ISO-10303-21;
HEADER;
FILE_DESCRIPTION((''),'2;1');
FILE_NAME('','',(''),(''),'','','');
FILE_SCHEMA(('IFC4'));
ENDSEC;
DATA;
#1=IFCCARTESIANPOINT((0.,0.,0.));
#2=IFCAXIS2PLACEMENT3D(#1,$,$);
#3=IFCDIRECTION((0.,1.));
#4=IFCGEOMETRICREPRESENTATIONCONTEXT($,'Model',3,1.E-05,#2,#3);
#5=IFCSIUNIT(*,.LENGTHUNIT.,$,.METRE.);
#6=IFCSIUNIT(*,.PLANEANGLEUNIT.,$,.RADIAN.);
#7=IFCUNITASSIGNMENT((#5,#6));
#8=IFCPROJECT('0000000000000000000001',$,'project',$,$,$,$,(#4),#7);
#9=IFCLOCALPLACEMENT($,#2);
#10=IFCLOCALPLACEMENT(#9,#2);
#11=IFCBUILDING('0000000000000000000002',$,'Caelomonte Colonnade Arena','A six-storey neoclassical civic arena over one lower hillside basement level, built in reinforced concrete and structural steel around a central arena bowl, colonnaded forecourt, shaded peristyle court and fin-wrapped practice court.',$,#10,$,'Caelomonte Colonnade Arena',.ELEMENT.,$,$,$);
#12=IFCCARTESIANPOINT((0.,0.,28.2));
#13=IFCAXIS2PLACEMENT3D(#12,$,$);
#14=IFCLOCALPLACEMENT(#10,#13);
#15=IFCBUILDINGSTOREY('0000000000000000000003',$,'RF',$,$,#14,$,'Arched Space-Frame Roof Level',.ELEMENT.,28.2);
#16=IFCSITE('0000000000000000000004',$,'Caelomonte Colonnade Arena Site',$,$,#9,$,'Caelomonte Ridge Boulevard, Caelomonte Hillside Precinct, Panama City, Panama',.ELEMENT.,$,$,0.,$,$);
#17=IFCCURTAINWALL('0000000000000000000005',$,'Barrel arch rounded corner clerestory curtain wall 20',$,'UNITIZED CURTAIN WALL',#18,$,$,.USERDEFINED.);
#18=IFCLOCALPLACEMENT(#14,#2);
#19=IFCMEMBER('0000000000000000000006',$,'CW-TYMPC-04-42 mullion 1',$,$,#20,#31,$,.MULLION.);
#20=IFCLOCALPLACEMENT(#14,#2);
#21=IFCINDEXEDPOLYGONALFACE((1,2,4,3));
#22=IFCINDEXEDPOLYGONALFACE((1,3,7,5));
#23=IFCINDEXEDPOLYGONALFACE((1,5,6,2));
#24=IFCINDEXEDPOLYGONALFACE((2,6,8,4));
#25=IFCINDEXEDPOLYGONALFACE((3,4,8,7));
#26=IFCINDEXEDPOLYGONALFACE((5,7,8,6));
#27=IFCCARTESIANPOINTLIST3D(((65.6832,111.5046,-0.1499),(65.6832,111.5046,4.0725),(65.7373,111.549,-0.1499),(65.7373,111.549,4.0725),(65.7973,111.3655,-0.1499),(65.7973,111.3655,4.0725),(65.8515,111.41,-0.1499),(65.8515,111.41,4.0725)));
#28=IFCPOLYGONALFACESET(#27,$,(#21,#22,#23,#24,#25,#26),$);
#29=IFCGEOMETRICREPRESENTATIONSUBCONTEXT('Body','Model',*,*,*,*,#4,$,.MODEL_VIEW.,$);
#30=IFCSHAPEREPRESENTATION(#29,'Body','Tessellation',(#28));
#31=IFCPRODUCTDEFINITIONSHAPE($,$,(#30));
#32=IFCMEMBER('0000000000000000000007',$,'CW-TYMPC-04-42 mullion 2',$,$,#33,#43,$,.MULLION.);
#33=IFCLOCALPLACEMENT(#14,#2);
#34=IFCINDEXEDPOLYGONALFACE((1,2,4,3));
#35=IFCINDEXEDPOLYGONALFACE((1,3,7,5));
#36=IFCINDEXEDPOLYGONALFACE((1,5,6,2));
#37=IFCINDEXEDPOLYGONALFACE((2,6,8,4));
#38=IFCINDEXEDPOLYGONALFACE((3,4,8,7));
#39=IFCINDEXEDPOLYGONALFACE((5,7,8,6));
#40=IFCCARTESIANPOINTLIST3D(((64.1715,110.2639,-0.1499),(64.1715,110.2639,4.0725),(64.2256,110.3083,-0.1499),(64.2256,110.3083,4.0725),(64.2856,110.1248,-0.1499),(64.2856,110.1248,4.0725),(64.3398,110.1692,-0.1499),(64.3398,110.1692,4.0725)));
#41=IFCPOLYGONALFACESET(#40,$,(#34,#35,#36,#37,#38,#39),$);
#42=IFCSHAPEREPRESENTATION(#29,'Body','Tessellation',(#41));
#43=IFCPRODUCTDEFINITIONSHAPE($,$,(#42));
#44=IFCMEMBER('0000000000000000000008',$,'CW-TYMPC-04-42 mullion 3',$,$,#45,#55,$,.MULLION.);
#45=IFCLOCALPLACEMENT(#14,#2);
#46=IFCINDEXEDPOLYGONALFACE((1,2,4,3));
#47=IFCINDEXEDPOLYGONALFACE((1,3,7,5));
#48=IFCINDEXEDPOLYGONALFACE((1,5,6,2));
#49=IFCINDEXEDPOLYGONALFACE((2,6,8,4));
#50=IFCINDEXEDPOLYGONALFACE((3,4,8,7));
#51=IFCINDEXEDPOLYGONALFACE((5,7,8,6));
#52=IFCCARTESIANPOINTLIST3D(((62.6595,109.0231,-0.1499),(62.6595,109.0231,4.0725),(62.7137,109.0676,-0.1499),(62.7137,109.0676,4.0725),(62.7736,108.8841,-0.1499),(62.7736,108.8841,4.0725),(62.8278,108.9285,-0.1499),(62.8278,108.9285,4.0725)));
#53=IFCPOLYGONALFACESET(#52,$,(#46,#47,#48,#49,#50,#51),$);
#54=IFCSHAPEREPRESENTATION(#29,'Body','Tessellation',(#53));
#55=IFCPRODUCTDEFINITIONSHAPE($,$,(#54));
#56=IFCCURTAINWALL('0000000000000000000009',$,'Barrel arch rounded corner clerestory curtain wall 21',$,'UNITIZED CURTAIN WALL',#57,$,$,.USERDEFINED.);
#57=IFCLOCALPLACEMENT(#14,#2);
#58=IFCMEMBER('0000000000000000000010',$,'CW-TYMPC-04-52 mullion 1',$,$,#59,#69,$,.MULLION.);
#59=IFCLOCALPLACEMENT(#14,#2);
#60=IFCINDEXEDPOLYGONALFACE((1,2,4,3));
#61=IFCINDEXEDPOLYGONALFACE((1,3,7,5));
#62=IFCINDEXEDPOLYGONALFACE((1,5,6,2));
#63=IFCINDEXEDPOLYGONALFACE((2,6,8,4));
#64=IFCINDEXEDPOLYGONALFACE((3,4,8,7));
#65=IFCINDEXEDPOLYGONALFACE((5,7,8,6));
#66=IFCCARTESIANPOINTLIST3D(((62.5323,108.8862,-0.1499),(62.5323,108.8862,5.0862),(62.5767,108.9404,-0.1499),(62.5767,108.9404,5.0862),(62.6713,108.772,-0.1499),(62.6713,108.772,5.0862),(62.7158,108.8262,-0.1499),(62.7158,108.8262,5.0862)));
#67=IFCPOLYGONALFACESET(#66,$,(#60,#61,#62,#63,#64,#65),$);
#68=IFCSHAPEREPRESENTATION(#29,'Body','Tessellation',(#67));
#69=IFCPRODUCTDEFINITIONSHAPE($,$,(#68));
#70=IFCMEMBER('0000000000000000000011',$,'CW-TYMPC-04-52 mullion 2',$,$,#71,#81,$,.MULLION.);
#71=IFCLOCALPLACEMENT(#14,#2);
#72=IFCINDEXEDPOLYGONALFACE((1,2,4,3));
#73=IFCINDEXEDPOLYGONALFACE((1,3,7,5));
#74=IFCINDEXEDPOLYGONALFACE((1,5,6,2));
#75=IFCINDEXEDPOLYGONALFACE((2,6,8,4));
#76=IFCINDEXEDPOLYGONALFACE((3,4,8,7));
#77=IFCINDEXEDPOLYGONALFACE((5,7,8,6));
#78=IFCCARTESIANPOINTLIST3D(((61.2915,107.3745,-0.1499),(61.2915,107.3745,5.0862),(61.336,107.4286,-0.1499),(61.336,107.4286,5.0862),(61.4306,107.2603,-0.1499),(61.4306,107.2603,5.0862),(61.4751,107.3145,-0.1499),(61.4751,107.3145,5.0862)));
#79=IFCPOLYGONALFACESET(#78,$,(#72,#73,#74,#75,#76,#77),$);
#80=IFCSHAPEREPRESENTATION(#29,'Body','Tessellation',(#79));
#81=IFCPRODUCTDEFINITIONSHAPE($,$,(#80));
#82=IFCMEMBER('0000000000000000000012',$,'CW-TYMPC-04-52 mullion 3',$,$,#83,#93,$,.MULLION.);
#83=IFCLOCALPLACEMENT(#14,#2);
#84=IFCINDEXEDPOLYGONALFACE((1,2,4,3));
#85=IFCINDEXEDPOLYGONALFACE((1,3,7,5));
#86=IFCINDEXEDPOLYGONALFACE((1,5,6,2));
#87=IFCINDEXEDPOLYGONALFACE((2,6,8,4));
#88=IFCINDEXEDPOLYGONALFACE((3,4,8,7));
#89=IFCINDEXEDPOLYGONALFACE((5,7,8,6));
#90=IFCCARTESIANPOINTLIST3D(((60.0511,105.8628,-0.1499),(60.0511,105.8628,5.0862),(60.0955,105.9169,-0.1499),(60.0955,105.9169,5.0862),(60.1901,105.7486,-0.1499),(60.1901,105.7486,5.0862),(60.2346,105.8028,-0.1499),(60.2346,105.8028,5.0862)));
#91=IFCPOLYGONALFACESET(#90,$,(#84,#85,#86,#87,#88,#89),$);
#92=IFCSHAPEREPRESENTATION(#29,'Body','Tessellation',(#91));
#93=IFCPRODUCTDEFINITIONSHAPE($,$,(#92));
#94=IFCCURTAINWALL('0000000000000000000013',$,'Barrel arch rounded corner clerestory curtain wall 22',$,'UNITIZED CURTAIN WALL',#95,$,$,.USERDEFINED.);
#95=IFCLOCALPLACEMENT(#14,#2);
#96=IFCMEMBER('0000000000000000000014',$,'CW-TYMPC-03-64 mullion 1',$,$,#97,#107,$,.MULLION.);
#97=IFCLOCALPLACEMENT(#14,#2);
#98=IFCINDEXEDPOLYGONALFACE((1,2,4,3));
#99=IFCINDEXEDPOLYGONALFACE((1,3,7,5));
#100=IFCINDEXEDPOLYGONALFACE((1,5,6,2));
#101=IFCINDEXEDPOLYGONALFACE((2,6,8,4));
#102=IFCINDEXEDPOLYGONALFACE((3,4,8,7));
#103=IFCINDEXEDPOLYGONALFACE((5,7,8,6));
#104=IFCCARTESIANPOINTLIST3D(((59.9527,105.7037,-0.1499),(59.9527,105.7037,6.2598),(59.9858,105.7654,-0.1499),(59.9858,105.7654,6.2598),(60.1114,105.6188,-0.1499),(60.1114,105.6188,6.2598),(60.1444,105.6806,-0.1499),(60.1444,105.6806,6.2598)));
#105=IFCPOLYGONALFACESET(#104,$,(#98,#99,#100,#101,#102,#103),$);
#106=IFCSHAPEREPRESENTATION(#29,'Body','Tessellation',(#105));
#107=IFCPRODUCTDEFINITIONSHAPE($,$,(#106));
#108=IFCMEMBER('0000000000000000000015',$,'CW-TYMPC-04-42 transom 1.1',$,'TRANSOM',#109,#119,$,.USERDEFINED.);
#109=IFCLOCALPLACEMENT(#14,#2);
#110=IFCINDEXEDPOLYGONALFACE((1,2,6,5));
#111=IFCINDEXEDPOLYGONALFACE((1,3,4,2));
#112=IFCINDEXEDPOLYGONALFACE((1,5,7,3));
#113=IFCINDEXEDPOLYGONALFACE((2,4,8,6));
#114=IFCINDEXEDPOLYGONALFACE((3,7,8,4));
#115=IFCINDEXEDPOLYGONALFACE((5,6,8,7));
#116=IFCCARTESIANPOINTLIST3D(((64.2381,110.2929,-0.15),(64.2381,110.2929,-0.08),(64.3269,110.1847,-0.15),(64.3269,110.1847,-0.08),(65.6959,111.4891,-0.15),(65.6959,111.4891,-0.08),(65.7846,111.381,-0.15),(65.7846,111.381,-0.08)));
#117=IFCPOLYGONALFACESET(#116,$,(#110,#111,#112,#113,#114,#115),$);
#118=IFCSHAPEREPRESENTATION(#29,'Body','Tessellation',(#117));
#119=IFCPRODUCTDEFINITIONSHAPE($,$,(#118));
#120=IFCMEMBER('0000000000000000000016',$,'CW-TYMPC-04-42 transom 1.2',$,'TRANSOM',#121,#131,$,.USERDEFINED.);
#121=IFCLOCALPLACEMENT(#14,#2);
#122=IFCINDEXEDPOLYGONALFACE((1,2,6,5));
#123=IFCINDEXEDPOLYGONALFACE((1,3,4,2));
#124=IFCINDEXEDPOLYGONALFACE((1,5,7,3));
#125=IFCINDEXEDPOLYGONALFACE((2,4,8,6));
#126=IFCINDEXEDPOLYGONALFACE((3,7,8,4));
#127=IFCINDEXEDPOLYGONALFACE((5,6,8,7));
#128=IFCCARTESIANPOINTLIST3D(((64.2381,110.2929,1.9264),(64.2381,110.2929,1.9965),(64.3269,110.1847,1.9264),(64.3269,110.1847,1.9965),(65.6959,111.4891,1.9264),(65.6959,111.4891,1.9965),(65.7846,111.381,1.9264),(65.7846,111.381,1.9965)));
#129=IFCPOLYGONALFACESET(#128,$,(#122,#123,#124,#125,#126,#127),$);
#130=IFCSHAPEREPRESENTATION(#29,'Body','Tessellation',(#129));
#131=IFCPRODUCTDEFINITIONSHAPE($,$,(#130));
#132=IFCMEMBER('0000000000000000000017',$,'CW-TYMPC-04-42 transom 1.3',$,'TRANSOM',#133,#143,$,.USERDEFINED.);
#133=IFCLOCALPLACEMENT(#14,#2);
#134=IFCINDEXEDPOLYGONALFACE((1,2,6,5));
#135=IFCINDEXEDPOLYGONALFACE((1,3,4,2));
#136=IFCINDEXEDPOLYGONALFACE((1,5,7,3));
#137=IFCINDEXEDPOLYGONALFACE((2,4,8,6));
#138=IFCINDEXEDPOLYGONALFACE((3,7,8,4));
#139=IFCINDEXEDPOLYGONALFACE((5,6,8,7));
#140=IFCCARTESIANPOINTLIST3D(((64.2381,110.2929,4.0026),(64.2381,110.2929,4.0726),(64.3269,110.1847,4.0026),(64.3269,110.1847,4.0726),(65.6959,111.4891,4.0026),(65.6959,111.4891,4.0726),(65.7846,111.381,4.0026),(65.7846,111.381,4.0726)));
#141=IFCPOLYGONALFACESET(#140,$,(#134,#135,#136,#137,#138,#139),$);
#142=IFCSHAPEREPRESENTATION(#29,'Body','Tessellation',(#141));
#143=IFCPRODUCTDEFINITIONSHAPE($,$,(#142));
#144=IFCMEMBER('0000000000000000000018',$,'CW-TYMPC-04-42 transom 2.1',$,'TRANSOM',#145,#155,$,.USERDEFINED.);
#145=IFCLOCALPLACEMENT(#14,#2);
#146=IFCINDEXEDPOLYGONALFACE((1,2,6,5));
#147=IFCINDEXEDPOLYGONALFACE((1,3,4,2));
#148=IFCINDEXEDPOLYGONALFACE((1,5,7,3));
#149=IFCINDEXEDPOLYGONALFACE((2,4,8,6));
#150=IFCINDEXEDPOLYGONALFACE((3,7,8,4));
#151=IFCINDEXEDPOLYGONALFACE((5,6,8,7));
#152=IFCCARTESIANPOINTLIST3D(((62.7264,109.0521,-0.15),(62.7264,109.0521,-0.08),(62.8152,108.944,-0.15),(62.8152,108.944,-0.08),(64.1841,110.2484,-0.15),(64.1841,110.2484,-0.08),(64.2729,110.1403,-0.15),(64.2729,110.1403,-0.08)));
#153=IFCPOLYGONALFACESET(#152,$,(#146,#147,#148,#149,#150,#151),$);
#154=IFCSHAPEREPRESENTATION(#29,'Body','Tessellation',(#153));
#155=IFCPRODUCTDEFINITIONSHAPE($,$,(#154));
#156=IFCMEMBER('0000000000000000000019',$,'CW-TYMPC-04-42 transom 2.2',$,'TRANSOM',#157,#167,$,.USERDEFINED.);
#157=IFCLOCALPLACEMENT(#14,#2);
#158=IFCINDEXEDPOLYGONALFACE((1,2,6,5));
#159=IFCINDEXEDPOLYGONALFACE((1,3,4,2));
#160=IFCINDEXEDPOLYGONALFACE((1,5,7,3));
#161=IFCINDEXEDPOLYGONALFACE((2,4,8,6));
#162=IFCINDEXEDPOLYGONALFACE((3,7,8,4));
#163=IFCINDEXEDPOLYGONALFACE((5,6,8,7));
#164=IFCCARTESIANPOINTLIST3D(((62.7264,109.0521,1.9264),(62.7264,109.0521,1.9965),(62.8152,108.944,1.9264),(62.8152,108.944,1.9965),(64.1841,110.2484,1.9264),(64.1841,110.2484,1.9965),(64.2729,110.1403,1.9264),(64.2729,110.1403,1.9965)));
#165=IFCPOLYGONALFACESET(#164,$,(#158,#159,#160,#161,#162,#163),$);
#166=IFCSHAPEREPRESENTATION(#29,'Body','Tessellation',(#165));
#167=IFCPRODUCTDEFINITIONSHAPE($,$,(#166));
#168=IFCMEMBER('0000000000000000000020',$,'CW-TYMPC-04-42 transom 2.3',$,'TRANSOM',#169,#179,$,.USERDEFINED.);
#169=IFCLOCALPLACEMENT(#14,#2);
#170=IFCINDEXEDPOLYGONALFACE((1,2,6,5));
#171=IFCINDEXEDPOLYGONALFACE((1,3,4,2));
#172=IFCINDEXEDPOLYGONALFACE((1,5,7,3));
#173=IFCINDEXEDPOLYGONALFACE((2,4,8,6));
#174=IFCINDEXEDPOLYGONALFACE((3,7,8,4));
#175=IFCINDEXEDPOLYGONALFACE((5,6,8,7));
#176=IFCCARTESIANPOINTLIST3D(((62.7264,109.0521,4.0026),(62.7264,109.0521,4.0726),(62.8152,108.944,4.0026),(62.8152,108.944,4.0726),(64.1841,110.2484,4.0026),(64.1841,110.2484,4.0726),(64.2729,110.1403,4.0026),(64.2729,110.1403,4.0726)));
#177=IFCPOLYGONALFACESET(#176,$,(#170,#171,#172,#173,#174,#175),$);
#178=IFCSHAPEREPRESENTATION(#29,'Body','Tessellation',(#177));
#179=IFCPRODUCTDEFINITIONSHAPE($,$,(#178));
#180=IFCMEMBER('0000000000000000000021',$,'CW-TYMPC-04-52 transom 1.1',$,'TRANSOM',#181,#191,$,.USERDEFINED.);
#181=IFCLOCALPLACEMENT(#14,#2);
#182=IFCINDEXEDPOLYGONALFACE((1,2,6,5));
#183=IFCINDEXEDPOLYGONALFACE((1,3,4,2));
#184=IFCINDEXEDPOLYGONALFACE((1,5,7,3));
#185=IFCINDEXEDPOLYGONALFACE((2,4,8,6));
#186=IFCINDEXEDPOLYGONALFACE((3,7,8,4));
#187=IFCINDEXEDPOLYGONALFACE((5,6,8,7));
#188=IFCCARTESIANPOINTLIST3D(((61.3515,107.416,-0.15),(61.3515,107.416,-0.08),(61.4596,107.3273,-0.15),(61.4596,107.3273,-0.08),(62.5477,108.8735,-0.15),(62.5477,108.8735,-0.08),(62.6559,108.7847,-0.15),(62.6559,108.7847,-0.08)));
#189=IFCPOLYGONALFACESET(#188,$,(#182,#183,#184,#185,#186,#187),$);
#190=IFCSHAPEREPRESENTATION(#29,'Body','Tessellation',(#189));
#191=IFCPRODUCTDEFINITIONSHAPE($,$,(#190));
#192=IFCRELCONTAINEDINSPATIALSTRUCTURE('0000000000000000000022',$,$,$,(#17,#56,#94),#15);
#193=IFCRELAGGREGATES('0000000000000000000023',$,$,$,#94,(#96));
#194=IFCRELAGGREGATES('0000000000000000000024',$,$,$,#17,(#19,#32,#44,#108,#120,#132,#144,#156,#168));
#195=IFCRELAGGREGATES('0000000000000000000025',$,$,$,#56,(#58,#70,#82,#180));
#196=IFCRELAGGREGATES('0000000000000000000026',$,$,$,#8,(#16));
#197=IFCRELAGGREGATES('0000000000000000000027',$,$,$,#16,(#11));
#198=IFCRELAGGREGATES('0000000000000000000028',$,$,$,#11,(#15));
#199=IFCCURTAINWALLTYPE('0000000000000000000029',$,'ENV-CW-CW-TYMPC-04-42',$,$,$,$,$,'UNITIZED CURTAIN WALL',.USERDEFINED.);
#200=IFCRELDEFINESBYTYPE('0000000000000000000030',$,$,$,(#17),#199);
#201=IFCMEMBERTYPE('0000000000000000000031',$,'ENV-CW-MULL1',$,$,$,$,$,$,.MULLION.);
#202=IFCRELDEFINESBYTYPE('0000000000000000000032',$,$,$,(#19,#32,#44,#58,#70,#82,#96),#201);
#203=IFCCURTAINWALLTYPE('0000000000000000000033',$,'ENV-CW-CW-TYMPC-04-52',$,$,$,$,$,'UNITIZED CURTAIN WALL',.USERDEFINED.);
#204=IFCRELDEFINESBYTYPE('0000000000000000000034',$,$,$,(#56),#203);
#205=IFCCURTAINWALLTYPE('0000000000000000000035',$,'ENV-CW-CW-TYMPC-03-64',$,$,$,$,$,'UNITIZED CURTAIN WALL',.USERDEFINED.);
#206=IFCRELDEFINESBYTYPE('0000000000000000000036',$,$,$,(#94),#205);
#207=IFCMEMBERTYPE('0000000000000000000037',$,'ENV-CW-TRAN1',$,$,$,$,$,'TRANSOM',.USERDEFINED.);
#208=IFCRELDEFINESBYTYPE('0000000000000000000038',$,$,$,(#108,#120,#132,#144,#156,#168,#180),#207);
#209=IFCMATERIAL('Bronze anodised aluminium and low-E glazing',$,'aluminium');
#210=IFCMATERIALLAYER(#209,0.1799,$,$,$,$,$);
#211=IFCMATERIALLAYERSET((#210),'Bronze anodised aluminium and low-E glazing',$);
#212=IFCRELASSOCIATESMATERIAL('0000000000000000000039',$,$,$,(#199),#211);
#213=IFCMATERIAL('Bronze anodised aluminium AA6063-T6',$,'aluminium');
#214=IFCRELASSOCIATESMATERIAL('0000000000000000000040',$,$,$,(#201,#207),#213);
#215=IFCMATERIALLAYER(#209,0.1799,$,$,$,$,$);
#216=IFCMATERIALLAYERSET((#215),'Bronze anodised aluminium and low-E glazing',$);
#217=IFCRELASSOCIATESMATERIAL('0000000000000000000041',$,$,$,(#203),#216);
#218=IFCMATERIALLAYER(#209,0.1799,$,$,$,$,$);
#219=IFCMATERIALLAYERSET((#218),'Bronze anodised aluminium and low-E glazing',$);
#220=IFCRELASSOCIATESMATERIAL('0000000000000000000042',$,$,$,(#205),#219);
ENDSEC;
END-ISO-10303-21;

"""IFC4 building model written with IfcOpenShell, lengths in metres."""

from ifc_helpers import new_model, si_unit, direction, frame, origin, origin_2d, place, context, subcontext, project, spatial, rectangle, extrude, material, layer, layer_set, material_profile, profile_set, type_object, element, aggregate, save


model = new_model("IFC4")

# Units and contexts
model_context = context("Model", 3, precision=1e-05, world=origin(), true_north=direction((0.0, 1.0)))
body_context = subcontext(model_context, "Body", "Model", "MODEL_VIEW")
ifc_project = project(units=[si_unit("LENGTHUNIT", "METRE"), si_unit("PLANEANGLEUNIT", "RADIAN")], contexts=[model_context])

# Site, building, storey
site_placement = place(None, origin())
site = spatial("IfcSite", under=ifc_project, at=site_placement, Name="Caelomonte Colonnade Arena Site", LongName="Caelomonte Ridge Boulevard, Caelomonte Hillside Precinct, Panama City, Panama", CompositionType="ELEMENT", RefElevation=0.0)
building_placement = place(site_placement, origin())
building = spatial("IfcBuilding", under=site, at=building_placement, Name="Caelomonte Colonnade Arena", Description="A six-storey neoclassical civic arena over one lower hillside basement level, built in reinforced concrete and structural steel around a central arena bowl, colonnaded forecourt, shaded peristyle court and fin-wrapped practice court.", LongName="Caelomonte Colonnade Arena", CompositionType="ELEMENT")
storey_placement = place(building_placement, frame((0.0, 0.0, 28.2)))
storey = spatial("IfcBuildingStorey", under=building, at=storey_placement, Name="RF", LongName="Arched Space-Frame Roof Level", CompositionType="ELEMENT", Elevation=28.2)

# Curtain walls, members
ifc_material_1 = material(Name="Bronze anodised aluminium and low-E glazing", Category="aluminium")
ifc_layer_1 = layer(ifc_material_1, 0.1799)
ifc_layer_set_1 = layer_set([ifc_layer_1], Name="Bronze anodised aluminium and low-E glazing")
curtain_wall_type_1 = type_object("IfcCurtainWallType", Name="ENV-CW-CW-TYMPC-04-42", ElementType="UNITIZED CURTAIN WALL", PredefinedType="USERDEFINED", material=ifc_layer_set_1)
curtain_wall_1_placement = place(storey_placement, origin())
curtain_wall_1 = element("IfcCurtainWall", 1, at=curtain_wall_1_placement, inside=storey, type_object=curtain_wall_type_1, Name="Barrel arch rounded corner clerestory curtain wall 20", ObjectType="UNITIZED CURTAIN WALL", PredefinedType="USERDEFINED")
ifc_material_2 = material(Name="Bronze anodised aluminium AA6063-T6", Category="aluminium")
ifc_material_profile_1 = material_profile(ifc_material_2, rectangle(XDim=0.0701, YDim=0.1799, at=origin_2d()), Name="CWM-70X180")
ifc_profile_set_1 = profile_set([ifc_material_profile_1], Name="Bronze anodised aluminium AA6063-T6")
member_type_1 = type_object("IfcMemberType", Name="ENV-CW-MULL1", PredefinedType="MULLION", material=ifc_profile_set_1)
member_1_placement = place(storey_placement, frame((65.7673, 111.4573, -0.1499), z_axis=(0.0, 0.0, 1.0), x_axis=(-0.773001, -0.634405, 0.0)))
member_1 = element("IfcMember", 2, at=member_1_placement, type_object=member_type_1, Name="CW-TYMPC-04-42 mullion 1", PredefinedType="MULLION", context=body_context, shape_type="SweptSolid", body=[
    extrude(rectangle(XDim=0.0701, YDim=0.1799, at=origin_2d()), origin(), (0.0, 0.0, 1.0), 4.2224),
])
member_2_placement = place(storey_placement, frame((64.2556, 110.2166, -0.1499), z_axis=(0.0, 0.0, 1.0), x_axis=(-0.773001, -0.634405, 0.0)))
member_2 = element("IfcMember", 3, at=member_2_placement, type_object=member_type_1, Name="CW-TYMPC-04-42 mullion 2", PredefinedType="MULLION", context=body_context, shape_type="SweptSolid", body=[
    extrude(rectangle(XDim=0.0701, YDim=0.1799, at=origin_2d()), origin(), (0.0, 0.0, 1.0), 4.2224),
])
member_3_placement = place(storey_placement, frame((62.7437, 108.9758, -0.1499), z_axis=(0.0, 0.0, 1.0), x_axis=(-0.773001, -0.634405, 0.0)))
member_3 = element("IfcMember", 4, at=member_3_placement, type_object=member_type_1, Name="CW-TYMPC-04-42 mullion 3", PredefinedType="MULLION", context=body_context, shape_type="SweptSolid", body=[
    extrude(rectangle(XDim=0.0701, YDim=0.1799, at=origin_2d()), origin(), (0.0, 0.0, 1.0), 4.2224),
])
ifc_layer_2 = layer(ifc_material_1, 0.1799)
ifc_layer_set_2 = layer_set([ifc_layer_2], Name="Bronze anodised aluminium and low-E glazing")
curtain_wall_type_2 = type_object("IfcCurtainWallType", Name="ENV-CW-CW-TYMPC-04-52", ElementType="UNITIZED CURTAIN WALL", PredefinedType="USERDEFINED", material=ifc_layer_set_2)
curtain_wall_2_placement = place(storey_placement, origin())
curtain_wall_2 = element("IfcCurtainWall", 5, at=curtain_wall_2_placement, inside=storey, type_object=curtain_wall_type_2, Name="Barrel arch rounded corner clerestory curtain wall 21", ObjectType="UNITIZED CURTAIN WALL", PredefinedType="USERDEFINED")
member_4_placement = place(storey_placement, frame((62.624, 108.8562, -0.1499), z_axis=(0.0, 0.0, 1.0), x_axis=(-0.634405, -0.773001, 0.0)))
member_4 = element("IfcMember", 6, at=member_4_placement, type_object=member_type_1, Name="CW-TYMPC-04-52 mullion 1", PredefinedType="MULLION", context=body_context, shape_type="SweptSolid", body=[
    extrude(rectangle(XDim=0.0701, YDim=0.1799, at=origin_2d()), origin(), (0.0, 0.0, 1.0), 5.2361),
])
member_5_placement = place(storey_placement, frame((61.3833, 107.3445, -0.1499), z_axis=(0.0, 0.0, 1.0), x_axis=(-0.634405, -0.773001, 0.0)))
member_5 = element("IfcMember", 7, at=member_5_placement, type_object=member_type_1, Name="CW-TYMPC-04-52 mullion 2", PredefinedType="MULLION", context=body_context, shape_type="SweptSolid", body=[
    extrude(rectangle(XDim=0.0701, YDim=0.1799, at=origin_2d()), origin(), (0.0, 0.0, 1.0), 5.2361),
])
member_6_placement = place(storey_placement, frame((60.1428, 105.8328, -0.1499), z_axis=(0.0, 0.0, 1.0), x_axis=(-0.634405, -0.773001, 0.0)))
member_6 = element("IfcMember", 8, at=member_6_placement, type_object=member_type_1, Name="CW-TYMPC-04-52 mullion 3", PredefinedType="MULLION", context=body_context, shape_type="SweptSolid", body=[
    extrude(rectangle(XDim=0.0701, YDim=0.1799, at=origin_2d()), origin(), (0.0, 0.0, 1.0), 5.2361),
])

# Curtain wall, member
ifc_layer_3 = layer(ifc_material_1, 0.1799)
ifc_layer_set_3 = layer_set([ifc_layer_3], Name="Bronze anodised aluminium and low-E glazing")
curtain_wall_type_3 = type_object("IfcCurtainWallType", Name="ENV-CW-CW-TYMPC-03-64", ElementType="UNITIZED CURTAIN WALL", PredefinedType="USERDEFINED", material=ifc_layer_set_3)
curtain_wall_3_placement = place(storey_placement, origin())
curtain_wall_3 = element("IfcCurtainWall", 9, at=curtain_wall_3_placement, inside=storey, type_object=curtain_wall_type_3, Name="Barrel arch rounded corner clerestory curtain wall 22", ObjectType="UNITIZED CURTAIN WALL", PredefinedType="USERDEFINED")
member_7_placement = place(storey_placement, frame((60.0486, 105.6921, -0.1499), z_axis=(0.0, 0.0, 1.0), x_axis=(-0.471391, -0.881924, 0.0)))
member_7 = element("IfcMember", 10, at=member_7_placement, type_object=member_type_1, Name="CW-TYMPC-03-64 mullion 1", PredefinedType="MULLION", context=body_context, shape_type="SweptSolid", body=[
    extrude(rectangle(XDim=0.0701, YDim=0.1799, at=origin_2d()), origin(), (0.0, 0.0, 1.0), 6.4097),
])

# Members
ifc_material_profile_2 = material_profile(ifc_material_2, rectangle(XDim=0.0701, YDim=0.1399, at=origin_2d()), Name="CWT-70X140")
ifc_profile_set_2 = profile_set([ifc_material_profile_2], Name="Bronze anodised aluminium AA6063-T6")
member_type_2 = type_object("IfcMemberType", Name="ENV-CW-TRAN1", ElementType="TRANSOM", PredefinedType="USERDEFINED", material=ifc_profile_set_2)
member_8_placement = place(storey_placement, frame((65.7402, 111.4351, -0.115), z_axis=(-0.773028, -0.634372, 0.0), x_axis=(0.0, 0.0, 1.0)))
member_8 = element("IfcMember", 11, at=member_8_placement, type_object=member_type_2, Name="CW-TYMPC-04-42 transom 1.1", ObjectType="TRANSOM", PredefinedType="USERDEFINED", context=body_context, shape_type="SweptSolid", body=[
    extrude(rectangle(XDim=0.0701, YDim=0.1399, at=origin_2d()), origin(), (0.0, 0.0, 1.0), 1.8857),
])
member_9_placement = place(storey_placement, frame((65.7402, 111.4351, 1.9614), z_axis=(-0.773028, -0.634372, 0.0), x_axis=(0.0, 0.0, 1.0)))
member_9 = element("IfcMember", 12, at=member_9_placement, type_object=member_type_2, Name="CW-TYMPC-04-42 transom 1.2", ObjectType="TRANSOM", PredefinedType="USERDEFINED", context=body_context, shape_type="SweptSolid", body=[
    extrude(rectangle(XDim=0.0701, YDim=0.1399, at=origin_2d()), origin(), (0.0, 0.0, 1.0), 1.8857),
])
member_10_placement = place(storey_placement, frame((65.7402, 111.4351, 4.0376), z_axis=(-0.773028, -0.634372, 0.0), x_axis=(0.0, 0.0, 1.0)))
member_10 = element("IfcMember", 13, at=member_10_placement, type_object=member_type_2, Name="CW-TYMPC-04-42 transom 1.3", ObjectType="TRANSOM", PredefinedType="USERDEFINED", context=body_context, shape_type="SweptSolid", body=[
    extrude(rectangle(XDim=0.0701, YDim=0.1399, at=origin_2d()), origin(), (0.0, 0.0, 1.0), 1.8857),
])
member_11_placement = place(storey_placement, frame((64.2285, 110.1943, -0.115), z_axis=(-0.773028, -0.634372, 0.0), x_axis=(0.0, 0.0, 1.0)))
member_11 = element("IfcMember", 14, at=member_11_placement, type_object=member_type_2, Name="CW-TYMPC-04-42 transom 2.1", ObjectType="TRANSOM", PredefinedType="USERDEFINED", context=body_context, shape_type="SweptSolid", body=[
    extrude(rectangle(XDim=0.0701, YDim=0.1399, at=origin_2d()), origin(), (0.0, 0.0, 1.0), 1.8857),
])
member_12_placement = place(storey_placement, frame((64.2285, 110.1943, 1.9614), z_axis=(-0.773028, -0.634372, 0.0), x_axis=(0.0, 0.0, 1.0)))
member_12 = element("IfcMember", 15, at=member_12_placement, type_object=member_type_2, Name="CW-TYMPC-04-42 transom 2.2", ObjectType="TRANSOM", PredefinedType="USERDEFINED", context=body_context, shape_type="SweptSolid", body=[
    extrude(rectangle(XDim=0.0701, YDim=0.1399, at=origin_2d()), origin(), (0.0, 0.0, 1.0), 1.8857),
])
member_13_placement = place(storey_placement, frame((64.2285, 110.1943, 4.0376), z_axis=(-0.773028, -0.634372, 0.0), x_axis=(0.0, 0.0, 1.0)))
member_13 = element("IfcMember", 16, at=member_13_placement, type_object=member_type_2, Name="CW-TYMPC-04-42 transom 2.3", ObjectType="TRANSOM", PredefinedType="USERDEFINED", context=body_context, shape_type="SweptSolid", body=[
    extrude(rectangle(XDim=0.0701, YDim=0.1399, at=origin_2d()), origin(), (0.0, 0.0, 1.0), 1.8857),
])
member_14_placement = place(storey_placement, frame((62.6018, 108.8291, -0.115), z_axis=(-0.634436, -0.772976, 0.0), x_axis=(0.0, 0.0, 1.0)))
member_14 = element("IfcMember", 17, at=member_14_placement, type_object=member_type_2, Name="CW-TYMPC-04-52 transom 1.1", ObjectType="TRANSOM", PredefinedType="USERDEFINED", context=body_context, shape_type="SweptSolid", body=[
    extrude(rectangle(XDim=0.0701, YDim=0.1399, at=origin_2d()), origin(), (0.0, 0.0, 1.0), 1.8855),
])
aggregate(curtain_wall_3, [member_7])

aggregate(curtain_wall_1, [member_1, member_2, member_3, member_8, member_9, member_10, member_11, member_12, member_13])
aggregate(curtain_wall_2, [member_4, member_5, member_6, member_14])

save(model, "model.ifc")
